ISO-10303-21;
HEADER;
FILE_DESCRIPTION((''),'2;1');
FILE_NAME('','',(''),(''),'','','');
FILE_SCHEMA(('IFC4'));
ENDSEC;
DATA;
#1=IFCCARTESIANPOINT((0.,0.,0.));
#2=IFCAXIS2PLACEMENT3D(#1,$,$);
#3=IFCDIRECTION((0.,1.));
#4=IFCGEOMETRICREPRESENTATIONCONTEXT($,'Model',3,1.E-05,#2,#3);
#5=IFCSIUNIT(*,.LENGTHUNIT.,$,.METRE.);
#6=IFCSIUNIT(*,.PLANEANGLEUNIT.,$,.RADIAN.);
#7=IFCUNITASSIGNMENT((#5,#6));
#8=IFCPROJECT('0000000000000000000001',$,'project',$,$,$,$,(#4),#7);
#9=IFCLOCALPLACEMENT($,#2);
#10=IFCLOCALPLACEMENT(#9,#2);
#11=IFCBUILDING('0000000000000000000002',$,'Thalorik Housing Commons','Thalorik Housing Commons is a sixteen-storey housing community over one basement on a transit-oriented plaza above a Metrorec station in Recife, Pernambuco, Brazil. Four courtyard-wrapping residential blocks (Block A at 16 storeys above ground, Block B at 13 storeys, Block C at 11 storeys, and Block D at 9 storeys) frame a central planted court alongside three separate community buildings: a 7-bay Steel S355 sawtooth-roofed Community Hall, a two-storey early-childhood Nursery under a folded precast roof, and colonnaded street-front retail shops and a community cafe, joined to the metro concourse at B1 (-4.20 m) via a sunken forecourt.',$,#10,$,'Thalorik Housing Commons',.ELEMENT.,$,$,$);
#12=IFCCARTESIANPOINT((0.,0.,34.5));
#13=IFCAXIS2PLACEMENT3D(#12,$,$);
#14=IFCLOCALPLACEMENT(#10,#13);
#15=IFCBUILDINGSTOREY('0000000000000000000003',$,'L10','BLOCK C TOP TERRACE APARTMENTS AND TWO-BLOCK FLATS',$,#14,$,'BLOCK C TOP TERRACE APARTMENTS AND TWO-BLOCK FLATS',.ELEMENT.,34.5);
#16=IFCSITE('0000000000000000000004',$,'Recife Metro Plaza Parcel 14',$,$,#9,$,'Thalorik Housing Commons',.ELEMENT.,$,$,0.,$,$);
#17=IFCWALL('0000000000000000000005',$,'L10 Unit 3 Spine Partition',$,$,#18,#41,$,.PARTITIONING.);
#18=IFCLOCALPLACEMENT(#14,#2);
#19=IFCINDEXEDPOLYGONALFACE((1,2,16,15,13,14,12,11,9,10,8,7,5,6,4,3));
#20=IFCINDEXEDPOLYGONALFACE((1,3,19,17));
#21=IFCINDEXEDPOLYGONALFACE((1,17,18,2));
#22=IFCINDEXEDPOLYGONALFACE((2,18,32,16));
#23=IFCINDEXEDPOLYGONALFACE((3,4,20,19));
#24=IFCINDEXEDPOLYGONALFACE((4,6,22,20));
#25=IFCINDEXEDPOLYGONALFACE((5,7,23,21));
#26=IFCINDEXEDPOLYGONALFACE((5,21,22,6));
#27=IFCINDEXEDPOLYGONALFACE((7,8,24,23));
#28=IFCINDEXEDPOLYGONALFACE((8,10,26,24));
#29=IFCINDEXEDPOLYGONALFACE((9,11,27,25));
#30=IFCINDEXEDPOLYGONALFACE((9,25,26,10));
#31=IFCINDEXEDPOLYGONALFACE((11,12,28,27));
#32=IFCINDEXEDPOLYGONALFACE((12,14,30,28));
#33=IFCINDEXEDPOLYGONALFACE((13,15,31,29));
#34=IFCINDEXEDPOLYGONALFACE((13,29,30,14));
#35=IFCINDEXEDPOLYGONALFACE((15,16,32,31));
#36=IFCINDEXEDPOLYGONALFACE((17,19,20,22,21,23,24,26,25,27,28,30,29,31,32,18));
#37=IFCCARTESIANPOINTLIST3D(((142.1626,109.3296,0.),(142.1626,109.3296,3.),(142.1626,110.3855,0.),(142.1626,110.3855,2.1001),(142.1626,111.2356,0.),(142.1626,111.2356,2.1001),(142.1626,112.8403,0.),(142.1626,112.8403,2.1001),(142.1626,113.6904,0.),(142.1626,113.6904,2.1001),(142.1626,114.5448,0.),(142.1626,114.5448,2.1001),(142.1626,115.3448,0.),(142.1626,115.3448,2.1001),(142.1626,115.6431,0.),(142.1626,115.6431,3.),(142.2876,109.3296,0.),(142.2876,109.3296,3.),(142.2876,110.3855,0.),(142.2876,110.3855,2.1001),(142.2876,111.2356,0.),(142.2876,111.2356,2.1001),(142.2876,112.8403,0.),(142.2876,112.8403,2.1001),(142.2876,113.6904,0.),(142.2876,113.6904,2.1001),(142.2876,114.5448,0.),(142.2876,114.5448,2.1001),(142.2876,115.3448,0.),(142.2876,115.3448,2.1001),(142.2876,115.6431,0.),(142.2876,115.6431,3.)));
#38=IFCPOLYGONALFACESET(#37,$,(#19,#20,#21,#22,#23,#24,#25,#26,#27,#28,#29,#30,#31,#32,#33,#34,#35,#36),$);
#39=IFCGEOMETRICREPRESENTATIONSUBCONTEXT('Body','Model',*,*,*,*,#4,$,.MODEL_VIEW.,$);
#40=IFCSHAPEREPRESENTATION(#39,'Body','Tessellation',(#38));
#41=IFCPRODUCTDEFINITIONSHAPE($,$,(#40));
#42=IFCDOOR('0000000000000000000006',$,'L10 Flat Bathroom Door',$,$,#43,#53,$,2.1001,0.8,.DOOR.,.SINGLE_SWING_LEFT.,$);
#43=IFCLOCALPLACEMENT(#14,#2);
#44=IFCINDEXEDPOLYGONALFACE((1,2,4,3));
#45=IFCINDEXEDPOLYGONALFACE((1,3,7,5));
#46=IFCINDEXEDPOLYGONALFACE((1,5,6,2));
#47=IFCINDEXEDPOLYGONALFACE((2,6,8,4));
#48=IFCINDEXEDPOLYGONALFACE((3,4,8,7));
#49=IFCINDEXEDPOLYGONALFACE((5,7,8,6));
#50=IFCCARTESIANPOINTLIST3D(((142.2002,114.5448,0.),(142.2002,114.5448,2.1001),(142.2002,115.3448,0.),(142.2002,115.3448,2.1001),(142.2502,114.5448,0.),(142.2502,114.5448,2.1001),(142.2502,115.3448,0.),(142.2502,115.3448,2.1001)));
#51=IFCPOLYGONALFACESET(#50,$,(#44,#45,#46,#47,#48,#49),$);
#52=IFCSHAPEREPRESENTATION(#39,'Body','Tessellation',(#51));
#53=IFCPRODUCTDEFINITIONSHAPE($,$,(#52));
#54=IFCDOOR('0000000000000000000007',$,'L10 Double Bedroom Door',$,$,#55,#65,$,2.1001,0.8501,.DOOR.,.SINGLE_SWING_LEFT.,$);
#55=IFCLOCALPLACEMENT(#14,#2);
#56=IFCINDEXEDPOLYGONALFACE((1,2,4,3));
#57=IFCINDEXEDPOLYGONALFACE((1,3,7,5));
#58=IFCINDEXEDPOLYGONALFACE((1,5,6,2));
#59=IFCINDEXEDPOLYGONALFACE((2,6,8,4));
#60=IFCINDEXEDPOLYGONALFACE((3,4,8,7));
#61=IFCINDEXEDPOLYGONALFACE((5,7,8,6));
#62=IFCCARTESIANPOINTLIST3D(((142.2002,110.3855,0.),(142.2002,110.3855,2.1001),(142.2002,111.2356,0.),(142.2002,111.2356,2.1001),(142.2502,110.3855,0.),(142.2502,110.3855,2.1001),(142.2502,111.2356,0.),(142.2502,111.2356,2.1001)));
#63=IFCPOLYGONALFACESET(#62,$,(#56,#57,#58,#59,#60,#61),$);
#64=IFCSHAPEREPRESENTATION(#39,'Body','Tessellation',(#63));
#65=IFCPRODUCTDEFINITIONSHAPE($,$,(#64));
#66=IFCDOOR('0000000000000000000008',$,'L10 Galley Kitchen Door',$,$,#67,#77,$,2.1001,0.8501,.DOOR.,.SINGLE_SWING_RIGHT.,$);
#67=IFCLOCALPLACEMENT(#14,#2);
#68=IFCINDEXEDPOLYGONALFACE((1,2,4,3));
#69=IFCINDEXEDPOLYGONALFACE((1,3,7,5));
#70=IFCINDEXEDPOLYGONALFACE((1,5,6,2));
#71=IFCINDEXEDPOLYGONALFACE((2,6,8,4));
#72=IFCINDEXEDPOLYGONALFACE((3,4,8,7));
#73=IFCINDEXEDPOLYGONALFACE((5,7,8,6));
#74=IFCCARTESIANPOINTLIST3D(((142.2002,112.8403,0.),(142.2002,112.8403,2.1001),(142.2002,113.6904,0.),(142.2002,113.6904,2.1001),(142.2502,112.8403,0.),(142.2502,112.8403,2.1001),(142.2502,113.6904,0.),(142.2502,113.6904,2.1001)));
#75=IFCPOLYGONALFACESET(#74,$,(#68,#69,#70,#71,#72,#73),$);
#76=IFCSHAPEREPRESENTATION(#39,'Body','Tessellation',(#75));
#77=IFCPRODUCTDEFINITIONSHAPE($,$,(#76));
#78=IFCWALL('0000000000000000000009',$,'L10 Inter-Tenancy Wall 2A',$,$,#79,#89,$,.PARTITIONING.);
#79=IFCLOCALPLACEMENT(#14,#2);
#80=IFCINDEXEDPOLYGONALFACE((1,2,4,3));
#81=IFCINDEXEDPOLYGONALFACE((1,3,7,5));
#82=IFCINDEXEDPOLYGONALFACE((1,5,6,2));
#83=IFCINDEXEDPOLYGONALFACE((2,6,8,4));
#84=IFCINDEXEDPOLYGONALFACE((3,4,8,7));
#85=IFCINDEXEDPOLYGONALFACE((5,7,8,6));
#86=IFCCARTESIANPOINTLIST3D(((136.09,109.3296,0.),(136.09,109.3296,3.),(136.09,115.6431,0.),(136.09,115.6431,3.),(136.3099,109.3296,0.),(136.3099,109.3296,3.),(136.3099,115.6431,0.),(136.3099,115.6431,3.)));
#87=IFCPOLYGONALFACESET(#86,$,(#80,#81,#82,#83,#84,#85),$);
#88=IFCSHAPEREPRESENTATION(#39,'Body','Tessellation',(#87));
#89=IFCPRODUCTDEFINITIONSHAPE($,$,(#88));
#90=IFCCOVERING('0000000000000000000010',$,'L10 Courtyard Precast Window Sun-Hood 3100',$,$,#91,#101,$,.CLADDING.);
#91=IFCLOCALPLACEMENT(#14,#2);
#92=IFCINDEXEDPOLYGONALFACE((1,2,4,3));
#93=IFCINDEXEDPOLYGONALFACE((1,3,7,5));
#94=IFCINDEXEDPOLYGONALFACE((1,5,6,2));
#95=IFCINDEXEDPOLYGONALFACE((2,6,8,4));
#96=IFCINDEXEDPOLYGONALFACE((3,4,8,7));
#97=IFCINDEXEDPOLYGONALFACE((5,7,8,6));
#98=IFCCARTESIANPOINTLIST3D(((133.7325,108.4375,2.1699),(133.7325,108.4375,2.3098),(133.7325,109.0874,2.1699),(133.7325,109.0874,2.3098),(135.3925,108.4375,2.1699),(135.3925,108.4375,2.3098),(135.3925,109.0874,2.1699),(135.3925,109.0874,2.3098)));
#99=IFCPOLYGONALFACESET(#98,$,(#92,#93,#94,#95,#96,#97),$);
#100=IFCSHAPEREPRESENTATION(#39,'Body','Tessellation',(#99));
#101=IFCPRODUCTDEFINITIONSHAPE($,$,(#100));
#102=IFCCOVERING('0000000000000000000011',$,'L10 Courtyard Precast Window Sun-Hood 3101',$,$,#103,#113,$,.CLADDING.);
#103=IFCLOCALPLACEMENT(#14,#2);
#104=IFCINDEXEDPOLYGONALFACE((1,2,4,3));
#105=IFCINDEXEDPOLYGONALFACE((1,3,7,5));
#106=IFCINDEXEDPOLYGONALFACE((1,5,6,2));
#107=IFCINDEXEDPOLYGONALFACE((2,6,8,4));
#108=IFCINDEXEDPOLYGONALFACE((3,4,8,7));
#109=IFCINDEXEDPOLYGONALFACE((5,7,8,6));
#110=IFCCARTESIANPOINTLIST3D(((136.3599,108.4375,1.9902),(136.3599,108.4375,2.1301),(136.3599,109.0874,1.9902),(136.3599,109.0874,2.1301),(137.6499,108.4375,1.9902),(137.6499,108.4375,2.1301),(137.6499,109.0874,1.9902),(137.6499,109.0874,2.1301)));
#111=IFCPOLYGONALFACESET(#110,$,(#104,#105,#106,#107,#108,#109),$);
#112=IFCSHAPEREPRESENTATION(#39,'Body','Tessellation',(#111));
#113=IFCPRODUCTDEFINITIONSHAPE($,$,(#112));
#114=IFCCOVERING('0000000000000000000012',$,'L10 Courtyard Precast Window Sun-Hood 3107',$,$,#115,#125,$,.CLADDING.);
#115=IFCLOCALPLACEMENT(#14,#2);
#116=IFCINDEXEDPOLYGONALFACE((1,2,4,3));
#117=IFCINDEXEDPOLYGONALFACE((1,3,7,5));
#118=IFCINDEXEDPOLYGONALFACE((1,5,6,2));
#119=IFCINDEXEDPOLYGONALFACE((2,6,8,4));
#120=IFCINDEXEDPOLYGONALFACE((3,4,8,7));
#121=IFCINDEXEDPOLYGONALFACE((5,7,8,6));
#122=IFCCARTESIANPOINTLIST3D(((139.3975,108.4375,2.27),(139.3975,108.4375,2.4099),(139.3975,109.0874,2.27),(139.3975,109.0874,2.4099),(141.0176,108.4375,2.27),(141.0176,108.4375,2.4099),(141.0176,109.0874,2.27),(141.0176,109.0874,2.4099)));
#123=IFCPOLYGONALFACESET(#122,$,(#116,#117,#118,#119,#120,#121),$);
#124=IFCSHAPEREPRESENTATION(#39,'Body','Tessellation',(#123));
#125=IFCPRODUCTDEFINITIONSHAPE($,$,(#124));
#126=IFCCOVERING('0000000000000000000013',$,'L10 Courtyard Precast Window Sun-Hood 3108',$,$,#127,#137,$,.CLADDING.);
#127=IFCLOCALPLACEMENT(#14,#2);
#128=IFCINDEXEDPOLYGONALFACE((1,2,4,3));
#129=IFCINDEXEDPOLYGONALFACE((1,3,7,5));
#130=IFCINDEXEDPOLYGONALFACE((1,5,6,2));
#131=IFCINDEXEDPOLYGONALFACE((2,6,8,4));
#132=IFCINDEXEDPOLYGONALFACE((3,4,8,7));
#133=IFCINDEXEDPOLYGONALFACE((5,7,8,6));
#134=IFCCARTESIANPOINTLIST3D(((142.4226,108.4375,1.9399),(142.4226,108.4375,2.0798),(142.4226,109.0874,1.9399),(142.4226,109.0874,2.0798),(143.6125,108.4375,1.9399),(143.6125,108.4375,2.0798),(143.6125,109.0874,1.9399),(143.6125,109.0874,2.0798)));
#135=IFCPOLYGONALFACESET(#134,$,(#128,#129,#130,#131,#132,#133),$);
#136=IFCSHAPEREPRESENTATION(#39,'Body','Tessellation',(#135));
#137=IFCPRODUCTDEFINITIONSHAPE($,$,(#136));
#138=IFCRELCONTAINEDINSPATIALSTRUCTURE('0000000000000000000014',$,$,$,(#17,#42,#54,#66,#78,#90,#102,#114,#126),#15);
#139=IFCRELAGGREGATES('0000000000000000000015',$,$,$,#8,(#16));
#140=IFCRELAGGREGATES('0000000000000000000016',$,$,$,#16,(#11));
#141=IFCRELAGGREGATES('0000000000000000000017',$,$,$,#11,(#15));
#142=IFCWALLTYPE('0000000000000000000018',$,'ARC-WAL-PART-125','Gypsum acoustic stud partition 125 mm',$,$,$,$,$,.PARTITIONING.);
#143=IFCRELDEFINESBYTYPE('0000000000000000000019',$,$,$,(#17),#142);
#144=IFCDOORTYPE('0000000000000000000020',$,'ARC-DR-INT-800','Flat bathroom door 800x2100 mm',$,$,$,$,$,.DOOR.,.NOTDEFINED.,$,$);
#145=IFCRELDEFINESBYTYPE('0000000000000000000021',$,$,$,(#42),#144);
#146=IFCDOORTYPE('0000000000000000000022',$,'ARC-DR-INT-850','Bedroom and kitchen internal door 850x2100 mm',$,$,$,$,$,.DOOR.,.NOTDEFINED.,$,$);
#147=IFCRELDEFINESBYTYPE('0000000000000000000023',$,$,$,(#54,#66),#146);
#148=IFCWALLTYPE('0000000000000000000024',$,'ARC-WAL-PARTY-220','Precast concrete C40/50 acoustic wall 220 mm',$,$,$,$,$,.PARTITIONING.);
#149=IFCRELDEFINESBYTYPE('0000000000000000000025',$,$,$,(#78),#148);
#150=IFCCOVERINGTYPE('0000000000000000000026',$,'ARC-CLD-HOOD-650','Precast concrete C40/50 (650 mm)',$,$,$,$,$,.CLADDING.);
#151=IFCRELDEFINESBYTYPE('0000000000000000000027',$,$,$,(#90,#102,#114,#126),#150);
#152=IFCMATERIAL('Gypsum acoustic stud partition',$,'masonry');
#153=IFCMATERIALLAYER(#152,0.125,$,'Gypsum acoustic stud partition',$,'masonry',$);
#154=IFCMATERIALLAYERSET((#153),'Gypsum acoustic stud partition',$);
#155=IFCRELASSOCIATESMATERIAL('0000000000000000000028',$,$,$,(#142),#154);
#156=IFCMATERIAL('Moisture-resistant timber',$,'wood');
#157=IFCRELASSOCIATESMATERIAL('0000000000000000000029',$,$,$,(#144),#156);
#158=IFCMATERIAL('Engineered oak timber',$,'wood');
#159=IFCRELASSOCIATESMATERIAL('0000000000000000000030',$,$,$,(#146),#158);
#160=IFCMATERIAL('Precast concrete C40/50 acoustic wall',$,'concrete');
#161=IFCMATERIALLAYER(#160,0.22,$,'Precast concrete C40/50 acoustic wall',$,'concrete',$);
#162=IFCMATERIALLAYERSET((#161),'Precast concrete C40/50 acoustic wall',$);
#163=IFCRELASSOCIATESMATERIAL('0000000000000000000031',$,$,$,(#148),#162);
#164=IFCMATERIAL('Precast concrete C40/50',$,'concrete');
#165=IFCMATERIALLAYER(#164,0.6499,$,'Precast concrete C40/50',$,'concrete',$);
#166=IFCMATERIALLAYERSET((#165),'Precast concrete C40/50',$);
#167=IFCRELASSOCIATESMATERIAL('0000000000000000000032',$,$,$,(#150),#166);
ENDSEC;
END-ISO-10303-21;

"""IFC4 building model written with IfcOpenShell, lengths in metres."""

from ifc_helpers import new_model, si_unit, direction, frame, frame_2d, origin, origin_2d, place, context, subcontext, project, spatial, rectangle, extrude, material, layer, layer_set, type_object, element, fill, save


model = new_model("IFC4")

# Units and contexts
model_context = context("Model", 3, precision=1e-05, world=origin(), true_north=direction((0.0, 1.0)))
body_context = subcontext(model_context, "Body", "Model", "MODEL_VIEW")
ifc_project = project(units=[si_unit("LENGTHUNIT", "METRE"), si_unit("PLANEANGLEUNIT", "RADIAN")], contexts=[model_context])

# Site, building, storey
site_placement = place(None, origin())
site = spatial("IfcSite", under=ifc_project, at=site_placement, Name="Recife Metro Plaza Parcel 14", LongName="Thalorik Housing Commons", CompositionType="ELEMENT", RefElevation=0.0)
building_placement = place(site_placement, origin())
building = spatial("IfcBuilding", under=site, at=building_placement, Name="Thalorik Housing Commons", Description="Thalorik Housing Commons is a sixteen-storey housing community over one basement on a transit-oriented plaza above a Metrorec station in Recife, Pernambuco, Brazil. Four courtyard-wrapping residential blocks (Block A at 16 storeys above ground, Block B at 13 storeys, Block C at 11 storeys, and Block D at 9 storeys) frame a central planted court alongside three separate community buildings: a 7-bay Steel S355 sawtooth-roofed Community Hall, a two-storey early-childhood Nursery under a folded precast roof, and colonnaded street-front retail shops and a community cafe, joined to the metro concourse at B1 (-4.20 m) via a sunken forecourt.", LongName="Thalorik Housing Commons", CompositionType="ELEMENT")
storey_placement = place(building_placement, frame((0.0, 0.0, 34.5)))
storey = spatial("IfcBuildingStorey", under=building, at=storey_placement, Name="L10", Description="BLOCK C TOP TERRACE APARTMENTS AND TWO-BLOCK FLATS", LongName="BLOCK C TOP TERRACE APARTMENTS AND TWO-BLOCK FLATS", CompositionType="ELEMENT", Elevation=34.5)

# Shared definitions
ifc_material_1 = material(Name="Precast concrete C40/50", Category="concrete")

# Wall, openings, doors
ifc_material_2 = material(Name="Gypsum acoustic stud partition", Category="masonry")
ifc_layer_1 = layer(ifc_material_2, 0.125, Name="Gypsum acoustic stud partition", Category="masonry")
ifc_layer_set_1 = layer_set([ifc_layer_1], Name="Gypsum acoustic stud partition")
wall_type_1 = type_object("IfcWallType", Name="ARC-WAL-PART-125", Description="Gypsum acoustic stud partition 125 mm", PredefinedType="PARTITIONING", material=ifc_layer_set_1)
wall_1_placement = place(storey_placement, frame((142.2251, 109.3296, 0.0), z_axis=(0.0, 0.0, 1.0), x_axis=(0.0, 1.0, 0.0)))
wall_1 = element("IfcWall", 1, at=wall_1_placement, inside=storey, type_object=wall_type_1, Name="L10 Unit 3 Spine Partition", PredefinedType="PARTITIONING", context=body_context, shape_type="SweptSolid", body=[
    extrude(rectangle(XDim=6.3135, YDim=0.125, at=frame_2d((3.1567, 0.0))), origin(), (0.0, 0.0, 1.0), 3.0),
])
opening_1_placement = place(wall_1_placement, frame((1.0559, 0.0, 0.0)))
opening_1 = element("IfcOpeningElement", 2, at=opening_1_placement, cuts=wall_1, PredefinedType="OPENING", context=body_context, shape_type="SweptSolid", body=[
    extrude(rectangle(XDim=0.8501, YDim=2.1001, at=frame_2d((0.425, 1.05))), frame((0.0, 0.0725, 0.0), z_axis=(0.0, -1.0, 0.0), x_axis=(1.0, 0.0, 0.0)), (0.0, 0.0, 1.0), 0.145),
])
opening_2_placement = place(wall_1_placement, frame((3.5107, 0.0, 0.0)))
opening_2 = element("IfcOpeningElement", 3, at=opening_2_placement, cuts=wall_1, PredefinedType="OPENING", context=body_context, shape_type="SweptSolid", body=[
    extrude(rectangle(XDim=0.8501, YDim=2.1001, at=frame_2d((0.425, 1.05))), frame((0.0, 0.0725, 0.0), z_axis=(0.0, -1.0, 0.0), x_axis=(1.0, 0.0, 0.0)), (0.0, 0.0, 1.0), 0.145),
])
opening_3_placement = place(wall_1_placement, frame((5.2153, 0.0, 0.0)))
opening_3 = element("IfcOpeningElement", 4, at=opening_3_placement, cuts=wall_1, PredefinedType="OPENING", context=body_context, shape_type="SweptSolid", body=[
    extrude(rectangle(XDim=0.8, YDim=2.1001, at=frame_2d((0.3999, 1.05))), frame((0.0, 0.0725, 0.0), z_axis=(0.0, -1.0, 0.0), x_axis=(1.0, 0.0, 0.0)), (0.0, 0.0, 1.0), 0.145),
])
ifc_material_3 = material(Name="Moisture-resistant timber", Category="wood")
door_type_1 = type_object("IfcDoorType", Name="ARC-DR-INT-800", Description="Flat bathroom door 800x2100 mm", OperationType="NOTDEFINED", PredefinedType="DOOR", material=ifc_material_3)
door_1_placement = place(opening_3_placement, origin())
door_1 = element("IfcDoor", 5, at=door_1_placement, inside=storey, type_object=door_type_1, Name="L10 Flat Bathroom Door", OperationType="SINGLE_SWING_LEFT", OverallHeight=2.1001, OverallWidth=0.8, PredefinedType="DOOR", context=body_context, shape_type="SweptSolid", body=[
    extrude(rectangle(XDim=0.8, YDim=2.1001, at=frame_2d((0.3999, 1.05))), frame((0.0, 0.0249, 0.0), z_axis=(0.0, -1.0, 0.0), x_axis=(1.0, 0.0, 0.0)), (0.0, 0.0, 1.0), 0.05),
])
fill(opening_3, door_1)
ifc_material_4 = material(Name="Engineered oak timber", Category="wood")
door_type_2 = type_object("IfcDoorType", Name="ARC-DR-INT-850", Description="Bedroom and kitchen internal door 850x2100 mm", OperationType="NOTDEFINED", PredefinedType="DOOR", material=ifc_material_4)
door_2_placement = place(opening_1_placement, origin())
door_2 = element("IfcDoor", 6, at=door_2_placement, inside=storey, type_object=door_type_2, Name="L10 Double Bedroom Door", OperationType="SINGLE_SWING_LEFT", OverallHeight=2.1001, OverallWidth=0.8501, PredefinedType="DOOR", context=body_context, shape_type="SweptSolid", body=[
    extrude(rectangle(XDim=0.8501, YDim=2.1001, at=frame_2d((0.425, 1.05))), frame((0.0, 0.0249, 0.0), z_axis=(0.0, -1.0, 0.0), x_axis=(1.0, 0.0, 0.0)), (0.0, 0.0, 1.0), 0.05),
])
fill(opening_1, door_2)
door_3_placement = place(opening_2_placement, origin())
door_3 = element("IfcDoor", 7, at=door_3_placement, inside=storey, type_object=door_type_2, Name="L10 Galley Kitchen Door", OperationType="SINGLE_SWING_RIGHT", OverallHeight=2.1001, OverallWidth=0.8501, PredefinedType="DOOR", context=body_context, shape_type="SweptSolid", body=[
    extrude(rectangle(XDim=0.8501, YDim=2.1001, at=frame_2d((0.425, 1.05))), frame((0.0, 0.0249, 0.0), z_axis=(0.0, -1.0, 0.0), x_axis=(1.0, 0.0, 0.0)), (0.0, 0.0, 1.0), 0.05),
])
fill(opening_2, door_3)

# Wall
ifc_material_5 = material(Name="Precast concrete C40/50 acoustic wall", Category="concrete")
ifc_layer_2 = layer(ifc_material_5, 0.22, Name="Precast concrete C40/50 acoustic wall", Category="concrete")
ifc_layer_set_2 = layer_set([ifc_layer_2], Name="Precast concrete C40/50 acoustic wall")
wall_type_2 = type_object("IfcWallType", Name="ARC-WAL-PARTY-220", Description="Precast concrete C40/50 acoustic wall 220 mm", PredefinedType="PARTITIONING", material=ifc_layer_set_2)
wall_2_placement = place(storey_placement, frame((136.2, 109.3296, 0.0), z_axis=(0.0, 0.0, 1.0), x_axis=(0.0, 1.0, 0.0)))
element("IfcWall", 8, at=wall_2_placement, inside=storey, type_object=wall_type_2, Name="L10 Inter-Tenancy Wall 2A", PredefinedType="PARTITIONING", context=body_context, shape_type="SweptSolid", body=[
    extrude(rectangle(XDim=6.3135, YDim=0.22, at=frame_2d((3.1567, 0.0))), origin(), (0.0, 0.0, 1.0), 3.0),
])

# Coverings
ifc_layer_3 = layer(ifc_material_1, 0.6499, Name="Precast concrete C40/50", Category="concrete")
ifc_layer_set_3 = layer_set([ifc_layer_3], Name="Precast concrete C40/50")
covering_type = type_object("IfcCoveringType", Name="ARC-CLD-HOOD-650", Description="Precast concrete C40/50 (650 mm)", PredefinedType="CLADDING", material=ifc_layer_set_3)
covering_1_placement = place(storey_placement, frame((134.5625, 108.7625, 2.1699), z_axis=(0.0, 0.0, 1.0), x_axis=(1.0, 0.0, 0.0)))
element("IfcCovering", 9, at=covering_1_placement, inside=storey, type_object=covering_type, Name="L10 Courtyard Precast Window Sun-Hood 3100", PredefinedType="CLADDING", context=body_context, shape_type="SweptSolid", body=[
    extrude(rectangle(XDim=1.6599, YDim=0.6499, at=origin_2d()), origin(), (0.0, 0.0, 1.0), 0.1399),
])
covering_2_placement = place(storey_placement, frame((137.0049, 108.7625, 1.9902), z_axis=(0.0, 0.0, 1.0), x_axis=(1.0, 0.0, 0.0)))
element("IfcCovering", 10, at=covering_2_placement, inside=storey, type_object=covering_type, Name="L10 Courtyard Precast Window Sun-Hood 3101", PredefinedType="CLADDING", context=body_context, shape_type="SweptSolid", body=[
    extrude(rectangle(XDim=1.29, YDim=0.6499, at=origin_2d()), origin(), (0.0, 0.0, 1.0), 0.1399),
])
covering_3_placement = place(storey_placement, frame((140.2075, 108.7625, 2.27), z_axis=(0.0, 0.0, 1.0), x_axis=(1.0, 0.0, 0.0)))
element("IfcCovering", 11, at=covering_3_placement, inside=storey, type_object=covering_type, Name="L10 Courtyard Precast Window Sun-Hood 3107", PredefinedType="CLADDING", context=body_context, shape_type="SweptSolid", body=[
    extrude(rectangle(XDim=1.6201, YDim=0.6499, at=origin_2d()), origin(), (0.0, 0.0, 1.0), 0.1399),
])
covering_4_placement = place(storey_placement, frame((143.0176, 108.7625, 1.9399), z_axis=(0.0, 0.0, 1.0), x_axis=(1.0, 0.0, 0.0)))
element("IfcCovering", 12, at=covering_4_placement, inside=storey, type_object=covering_type, Name="L10 Courtyard Precast Window Sun-Hood 3108", PredefinedType="CLADDING", context=body_context, shape_type="SweptSolid", body=[
    extrude(rectangle(XDim=1.1899, YDim=0.6499, at=origin_2d()), origin(), (0.0, 0.0, 1.0), 0.1399),
])

save(model, "model.ifc")
